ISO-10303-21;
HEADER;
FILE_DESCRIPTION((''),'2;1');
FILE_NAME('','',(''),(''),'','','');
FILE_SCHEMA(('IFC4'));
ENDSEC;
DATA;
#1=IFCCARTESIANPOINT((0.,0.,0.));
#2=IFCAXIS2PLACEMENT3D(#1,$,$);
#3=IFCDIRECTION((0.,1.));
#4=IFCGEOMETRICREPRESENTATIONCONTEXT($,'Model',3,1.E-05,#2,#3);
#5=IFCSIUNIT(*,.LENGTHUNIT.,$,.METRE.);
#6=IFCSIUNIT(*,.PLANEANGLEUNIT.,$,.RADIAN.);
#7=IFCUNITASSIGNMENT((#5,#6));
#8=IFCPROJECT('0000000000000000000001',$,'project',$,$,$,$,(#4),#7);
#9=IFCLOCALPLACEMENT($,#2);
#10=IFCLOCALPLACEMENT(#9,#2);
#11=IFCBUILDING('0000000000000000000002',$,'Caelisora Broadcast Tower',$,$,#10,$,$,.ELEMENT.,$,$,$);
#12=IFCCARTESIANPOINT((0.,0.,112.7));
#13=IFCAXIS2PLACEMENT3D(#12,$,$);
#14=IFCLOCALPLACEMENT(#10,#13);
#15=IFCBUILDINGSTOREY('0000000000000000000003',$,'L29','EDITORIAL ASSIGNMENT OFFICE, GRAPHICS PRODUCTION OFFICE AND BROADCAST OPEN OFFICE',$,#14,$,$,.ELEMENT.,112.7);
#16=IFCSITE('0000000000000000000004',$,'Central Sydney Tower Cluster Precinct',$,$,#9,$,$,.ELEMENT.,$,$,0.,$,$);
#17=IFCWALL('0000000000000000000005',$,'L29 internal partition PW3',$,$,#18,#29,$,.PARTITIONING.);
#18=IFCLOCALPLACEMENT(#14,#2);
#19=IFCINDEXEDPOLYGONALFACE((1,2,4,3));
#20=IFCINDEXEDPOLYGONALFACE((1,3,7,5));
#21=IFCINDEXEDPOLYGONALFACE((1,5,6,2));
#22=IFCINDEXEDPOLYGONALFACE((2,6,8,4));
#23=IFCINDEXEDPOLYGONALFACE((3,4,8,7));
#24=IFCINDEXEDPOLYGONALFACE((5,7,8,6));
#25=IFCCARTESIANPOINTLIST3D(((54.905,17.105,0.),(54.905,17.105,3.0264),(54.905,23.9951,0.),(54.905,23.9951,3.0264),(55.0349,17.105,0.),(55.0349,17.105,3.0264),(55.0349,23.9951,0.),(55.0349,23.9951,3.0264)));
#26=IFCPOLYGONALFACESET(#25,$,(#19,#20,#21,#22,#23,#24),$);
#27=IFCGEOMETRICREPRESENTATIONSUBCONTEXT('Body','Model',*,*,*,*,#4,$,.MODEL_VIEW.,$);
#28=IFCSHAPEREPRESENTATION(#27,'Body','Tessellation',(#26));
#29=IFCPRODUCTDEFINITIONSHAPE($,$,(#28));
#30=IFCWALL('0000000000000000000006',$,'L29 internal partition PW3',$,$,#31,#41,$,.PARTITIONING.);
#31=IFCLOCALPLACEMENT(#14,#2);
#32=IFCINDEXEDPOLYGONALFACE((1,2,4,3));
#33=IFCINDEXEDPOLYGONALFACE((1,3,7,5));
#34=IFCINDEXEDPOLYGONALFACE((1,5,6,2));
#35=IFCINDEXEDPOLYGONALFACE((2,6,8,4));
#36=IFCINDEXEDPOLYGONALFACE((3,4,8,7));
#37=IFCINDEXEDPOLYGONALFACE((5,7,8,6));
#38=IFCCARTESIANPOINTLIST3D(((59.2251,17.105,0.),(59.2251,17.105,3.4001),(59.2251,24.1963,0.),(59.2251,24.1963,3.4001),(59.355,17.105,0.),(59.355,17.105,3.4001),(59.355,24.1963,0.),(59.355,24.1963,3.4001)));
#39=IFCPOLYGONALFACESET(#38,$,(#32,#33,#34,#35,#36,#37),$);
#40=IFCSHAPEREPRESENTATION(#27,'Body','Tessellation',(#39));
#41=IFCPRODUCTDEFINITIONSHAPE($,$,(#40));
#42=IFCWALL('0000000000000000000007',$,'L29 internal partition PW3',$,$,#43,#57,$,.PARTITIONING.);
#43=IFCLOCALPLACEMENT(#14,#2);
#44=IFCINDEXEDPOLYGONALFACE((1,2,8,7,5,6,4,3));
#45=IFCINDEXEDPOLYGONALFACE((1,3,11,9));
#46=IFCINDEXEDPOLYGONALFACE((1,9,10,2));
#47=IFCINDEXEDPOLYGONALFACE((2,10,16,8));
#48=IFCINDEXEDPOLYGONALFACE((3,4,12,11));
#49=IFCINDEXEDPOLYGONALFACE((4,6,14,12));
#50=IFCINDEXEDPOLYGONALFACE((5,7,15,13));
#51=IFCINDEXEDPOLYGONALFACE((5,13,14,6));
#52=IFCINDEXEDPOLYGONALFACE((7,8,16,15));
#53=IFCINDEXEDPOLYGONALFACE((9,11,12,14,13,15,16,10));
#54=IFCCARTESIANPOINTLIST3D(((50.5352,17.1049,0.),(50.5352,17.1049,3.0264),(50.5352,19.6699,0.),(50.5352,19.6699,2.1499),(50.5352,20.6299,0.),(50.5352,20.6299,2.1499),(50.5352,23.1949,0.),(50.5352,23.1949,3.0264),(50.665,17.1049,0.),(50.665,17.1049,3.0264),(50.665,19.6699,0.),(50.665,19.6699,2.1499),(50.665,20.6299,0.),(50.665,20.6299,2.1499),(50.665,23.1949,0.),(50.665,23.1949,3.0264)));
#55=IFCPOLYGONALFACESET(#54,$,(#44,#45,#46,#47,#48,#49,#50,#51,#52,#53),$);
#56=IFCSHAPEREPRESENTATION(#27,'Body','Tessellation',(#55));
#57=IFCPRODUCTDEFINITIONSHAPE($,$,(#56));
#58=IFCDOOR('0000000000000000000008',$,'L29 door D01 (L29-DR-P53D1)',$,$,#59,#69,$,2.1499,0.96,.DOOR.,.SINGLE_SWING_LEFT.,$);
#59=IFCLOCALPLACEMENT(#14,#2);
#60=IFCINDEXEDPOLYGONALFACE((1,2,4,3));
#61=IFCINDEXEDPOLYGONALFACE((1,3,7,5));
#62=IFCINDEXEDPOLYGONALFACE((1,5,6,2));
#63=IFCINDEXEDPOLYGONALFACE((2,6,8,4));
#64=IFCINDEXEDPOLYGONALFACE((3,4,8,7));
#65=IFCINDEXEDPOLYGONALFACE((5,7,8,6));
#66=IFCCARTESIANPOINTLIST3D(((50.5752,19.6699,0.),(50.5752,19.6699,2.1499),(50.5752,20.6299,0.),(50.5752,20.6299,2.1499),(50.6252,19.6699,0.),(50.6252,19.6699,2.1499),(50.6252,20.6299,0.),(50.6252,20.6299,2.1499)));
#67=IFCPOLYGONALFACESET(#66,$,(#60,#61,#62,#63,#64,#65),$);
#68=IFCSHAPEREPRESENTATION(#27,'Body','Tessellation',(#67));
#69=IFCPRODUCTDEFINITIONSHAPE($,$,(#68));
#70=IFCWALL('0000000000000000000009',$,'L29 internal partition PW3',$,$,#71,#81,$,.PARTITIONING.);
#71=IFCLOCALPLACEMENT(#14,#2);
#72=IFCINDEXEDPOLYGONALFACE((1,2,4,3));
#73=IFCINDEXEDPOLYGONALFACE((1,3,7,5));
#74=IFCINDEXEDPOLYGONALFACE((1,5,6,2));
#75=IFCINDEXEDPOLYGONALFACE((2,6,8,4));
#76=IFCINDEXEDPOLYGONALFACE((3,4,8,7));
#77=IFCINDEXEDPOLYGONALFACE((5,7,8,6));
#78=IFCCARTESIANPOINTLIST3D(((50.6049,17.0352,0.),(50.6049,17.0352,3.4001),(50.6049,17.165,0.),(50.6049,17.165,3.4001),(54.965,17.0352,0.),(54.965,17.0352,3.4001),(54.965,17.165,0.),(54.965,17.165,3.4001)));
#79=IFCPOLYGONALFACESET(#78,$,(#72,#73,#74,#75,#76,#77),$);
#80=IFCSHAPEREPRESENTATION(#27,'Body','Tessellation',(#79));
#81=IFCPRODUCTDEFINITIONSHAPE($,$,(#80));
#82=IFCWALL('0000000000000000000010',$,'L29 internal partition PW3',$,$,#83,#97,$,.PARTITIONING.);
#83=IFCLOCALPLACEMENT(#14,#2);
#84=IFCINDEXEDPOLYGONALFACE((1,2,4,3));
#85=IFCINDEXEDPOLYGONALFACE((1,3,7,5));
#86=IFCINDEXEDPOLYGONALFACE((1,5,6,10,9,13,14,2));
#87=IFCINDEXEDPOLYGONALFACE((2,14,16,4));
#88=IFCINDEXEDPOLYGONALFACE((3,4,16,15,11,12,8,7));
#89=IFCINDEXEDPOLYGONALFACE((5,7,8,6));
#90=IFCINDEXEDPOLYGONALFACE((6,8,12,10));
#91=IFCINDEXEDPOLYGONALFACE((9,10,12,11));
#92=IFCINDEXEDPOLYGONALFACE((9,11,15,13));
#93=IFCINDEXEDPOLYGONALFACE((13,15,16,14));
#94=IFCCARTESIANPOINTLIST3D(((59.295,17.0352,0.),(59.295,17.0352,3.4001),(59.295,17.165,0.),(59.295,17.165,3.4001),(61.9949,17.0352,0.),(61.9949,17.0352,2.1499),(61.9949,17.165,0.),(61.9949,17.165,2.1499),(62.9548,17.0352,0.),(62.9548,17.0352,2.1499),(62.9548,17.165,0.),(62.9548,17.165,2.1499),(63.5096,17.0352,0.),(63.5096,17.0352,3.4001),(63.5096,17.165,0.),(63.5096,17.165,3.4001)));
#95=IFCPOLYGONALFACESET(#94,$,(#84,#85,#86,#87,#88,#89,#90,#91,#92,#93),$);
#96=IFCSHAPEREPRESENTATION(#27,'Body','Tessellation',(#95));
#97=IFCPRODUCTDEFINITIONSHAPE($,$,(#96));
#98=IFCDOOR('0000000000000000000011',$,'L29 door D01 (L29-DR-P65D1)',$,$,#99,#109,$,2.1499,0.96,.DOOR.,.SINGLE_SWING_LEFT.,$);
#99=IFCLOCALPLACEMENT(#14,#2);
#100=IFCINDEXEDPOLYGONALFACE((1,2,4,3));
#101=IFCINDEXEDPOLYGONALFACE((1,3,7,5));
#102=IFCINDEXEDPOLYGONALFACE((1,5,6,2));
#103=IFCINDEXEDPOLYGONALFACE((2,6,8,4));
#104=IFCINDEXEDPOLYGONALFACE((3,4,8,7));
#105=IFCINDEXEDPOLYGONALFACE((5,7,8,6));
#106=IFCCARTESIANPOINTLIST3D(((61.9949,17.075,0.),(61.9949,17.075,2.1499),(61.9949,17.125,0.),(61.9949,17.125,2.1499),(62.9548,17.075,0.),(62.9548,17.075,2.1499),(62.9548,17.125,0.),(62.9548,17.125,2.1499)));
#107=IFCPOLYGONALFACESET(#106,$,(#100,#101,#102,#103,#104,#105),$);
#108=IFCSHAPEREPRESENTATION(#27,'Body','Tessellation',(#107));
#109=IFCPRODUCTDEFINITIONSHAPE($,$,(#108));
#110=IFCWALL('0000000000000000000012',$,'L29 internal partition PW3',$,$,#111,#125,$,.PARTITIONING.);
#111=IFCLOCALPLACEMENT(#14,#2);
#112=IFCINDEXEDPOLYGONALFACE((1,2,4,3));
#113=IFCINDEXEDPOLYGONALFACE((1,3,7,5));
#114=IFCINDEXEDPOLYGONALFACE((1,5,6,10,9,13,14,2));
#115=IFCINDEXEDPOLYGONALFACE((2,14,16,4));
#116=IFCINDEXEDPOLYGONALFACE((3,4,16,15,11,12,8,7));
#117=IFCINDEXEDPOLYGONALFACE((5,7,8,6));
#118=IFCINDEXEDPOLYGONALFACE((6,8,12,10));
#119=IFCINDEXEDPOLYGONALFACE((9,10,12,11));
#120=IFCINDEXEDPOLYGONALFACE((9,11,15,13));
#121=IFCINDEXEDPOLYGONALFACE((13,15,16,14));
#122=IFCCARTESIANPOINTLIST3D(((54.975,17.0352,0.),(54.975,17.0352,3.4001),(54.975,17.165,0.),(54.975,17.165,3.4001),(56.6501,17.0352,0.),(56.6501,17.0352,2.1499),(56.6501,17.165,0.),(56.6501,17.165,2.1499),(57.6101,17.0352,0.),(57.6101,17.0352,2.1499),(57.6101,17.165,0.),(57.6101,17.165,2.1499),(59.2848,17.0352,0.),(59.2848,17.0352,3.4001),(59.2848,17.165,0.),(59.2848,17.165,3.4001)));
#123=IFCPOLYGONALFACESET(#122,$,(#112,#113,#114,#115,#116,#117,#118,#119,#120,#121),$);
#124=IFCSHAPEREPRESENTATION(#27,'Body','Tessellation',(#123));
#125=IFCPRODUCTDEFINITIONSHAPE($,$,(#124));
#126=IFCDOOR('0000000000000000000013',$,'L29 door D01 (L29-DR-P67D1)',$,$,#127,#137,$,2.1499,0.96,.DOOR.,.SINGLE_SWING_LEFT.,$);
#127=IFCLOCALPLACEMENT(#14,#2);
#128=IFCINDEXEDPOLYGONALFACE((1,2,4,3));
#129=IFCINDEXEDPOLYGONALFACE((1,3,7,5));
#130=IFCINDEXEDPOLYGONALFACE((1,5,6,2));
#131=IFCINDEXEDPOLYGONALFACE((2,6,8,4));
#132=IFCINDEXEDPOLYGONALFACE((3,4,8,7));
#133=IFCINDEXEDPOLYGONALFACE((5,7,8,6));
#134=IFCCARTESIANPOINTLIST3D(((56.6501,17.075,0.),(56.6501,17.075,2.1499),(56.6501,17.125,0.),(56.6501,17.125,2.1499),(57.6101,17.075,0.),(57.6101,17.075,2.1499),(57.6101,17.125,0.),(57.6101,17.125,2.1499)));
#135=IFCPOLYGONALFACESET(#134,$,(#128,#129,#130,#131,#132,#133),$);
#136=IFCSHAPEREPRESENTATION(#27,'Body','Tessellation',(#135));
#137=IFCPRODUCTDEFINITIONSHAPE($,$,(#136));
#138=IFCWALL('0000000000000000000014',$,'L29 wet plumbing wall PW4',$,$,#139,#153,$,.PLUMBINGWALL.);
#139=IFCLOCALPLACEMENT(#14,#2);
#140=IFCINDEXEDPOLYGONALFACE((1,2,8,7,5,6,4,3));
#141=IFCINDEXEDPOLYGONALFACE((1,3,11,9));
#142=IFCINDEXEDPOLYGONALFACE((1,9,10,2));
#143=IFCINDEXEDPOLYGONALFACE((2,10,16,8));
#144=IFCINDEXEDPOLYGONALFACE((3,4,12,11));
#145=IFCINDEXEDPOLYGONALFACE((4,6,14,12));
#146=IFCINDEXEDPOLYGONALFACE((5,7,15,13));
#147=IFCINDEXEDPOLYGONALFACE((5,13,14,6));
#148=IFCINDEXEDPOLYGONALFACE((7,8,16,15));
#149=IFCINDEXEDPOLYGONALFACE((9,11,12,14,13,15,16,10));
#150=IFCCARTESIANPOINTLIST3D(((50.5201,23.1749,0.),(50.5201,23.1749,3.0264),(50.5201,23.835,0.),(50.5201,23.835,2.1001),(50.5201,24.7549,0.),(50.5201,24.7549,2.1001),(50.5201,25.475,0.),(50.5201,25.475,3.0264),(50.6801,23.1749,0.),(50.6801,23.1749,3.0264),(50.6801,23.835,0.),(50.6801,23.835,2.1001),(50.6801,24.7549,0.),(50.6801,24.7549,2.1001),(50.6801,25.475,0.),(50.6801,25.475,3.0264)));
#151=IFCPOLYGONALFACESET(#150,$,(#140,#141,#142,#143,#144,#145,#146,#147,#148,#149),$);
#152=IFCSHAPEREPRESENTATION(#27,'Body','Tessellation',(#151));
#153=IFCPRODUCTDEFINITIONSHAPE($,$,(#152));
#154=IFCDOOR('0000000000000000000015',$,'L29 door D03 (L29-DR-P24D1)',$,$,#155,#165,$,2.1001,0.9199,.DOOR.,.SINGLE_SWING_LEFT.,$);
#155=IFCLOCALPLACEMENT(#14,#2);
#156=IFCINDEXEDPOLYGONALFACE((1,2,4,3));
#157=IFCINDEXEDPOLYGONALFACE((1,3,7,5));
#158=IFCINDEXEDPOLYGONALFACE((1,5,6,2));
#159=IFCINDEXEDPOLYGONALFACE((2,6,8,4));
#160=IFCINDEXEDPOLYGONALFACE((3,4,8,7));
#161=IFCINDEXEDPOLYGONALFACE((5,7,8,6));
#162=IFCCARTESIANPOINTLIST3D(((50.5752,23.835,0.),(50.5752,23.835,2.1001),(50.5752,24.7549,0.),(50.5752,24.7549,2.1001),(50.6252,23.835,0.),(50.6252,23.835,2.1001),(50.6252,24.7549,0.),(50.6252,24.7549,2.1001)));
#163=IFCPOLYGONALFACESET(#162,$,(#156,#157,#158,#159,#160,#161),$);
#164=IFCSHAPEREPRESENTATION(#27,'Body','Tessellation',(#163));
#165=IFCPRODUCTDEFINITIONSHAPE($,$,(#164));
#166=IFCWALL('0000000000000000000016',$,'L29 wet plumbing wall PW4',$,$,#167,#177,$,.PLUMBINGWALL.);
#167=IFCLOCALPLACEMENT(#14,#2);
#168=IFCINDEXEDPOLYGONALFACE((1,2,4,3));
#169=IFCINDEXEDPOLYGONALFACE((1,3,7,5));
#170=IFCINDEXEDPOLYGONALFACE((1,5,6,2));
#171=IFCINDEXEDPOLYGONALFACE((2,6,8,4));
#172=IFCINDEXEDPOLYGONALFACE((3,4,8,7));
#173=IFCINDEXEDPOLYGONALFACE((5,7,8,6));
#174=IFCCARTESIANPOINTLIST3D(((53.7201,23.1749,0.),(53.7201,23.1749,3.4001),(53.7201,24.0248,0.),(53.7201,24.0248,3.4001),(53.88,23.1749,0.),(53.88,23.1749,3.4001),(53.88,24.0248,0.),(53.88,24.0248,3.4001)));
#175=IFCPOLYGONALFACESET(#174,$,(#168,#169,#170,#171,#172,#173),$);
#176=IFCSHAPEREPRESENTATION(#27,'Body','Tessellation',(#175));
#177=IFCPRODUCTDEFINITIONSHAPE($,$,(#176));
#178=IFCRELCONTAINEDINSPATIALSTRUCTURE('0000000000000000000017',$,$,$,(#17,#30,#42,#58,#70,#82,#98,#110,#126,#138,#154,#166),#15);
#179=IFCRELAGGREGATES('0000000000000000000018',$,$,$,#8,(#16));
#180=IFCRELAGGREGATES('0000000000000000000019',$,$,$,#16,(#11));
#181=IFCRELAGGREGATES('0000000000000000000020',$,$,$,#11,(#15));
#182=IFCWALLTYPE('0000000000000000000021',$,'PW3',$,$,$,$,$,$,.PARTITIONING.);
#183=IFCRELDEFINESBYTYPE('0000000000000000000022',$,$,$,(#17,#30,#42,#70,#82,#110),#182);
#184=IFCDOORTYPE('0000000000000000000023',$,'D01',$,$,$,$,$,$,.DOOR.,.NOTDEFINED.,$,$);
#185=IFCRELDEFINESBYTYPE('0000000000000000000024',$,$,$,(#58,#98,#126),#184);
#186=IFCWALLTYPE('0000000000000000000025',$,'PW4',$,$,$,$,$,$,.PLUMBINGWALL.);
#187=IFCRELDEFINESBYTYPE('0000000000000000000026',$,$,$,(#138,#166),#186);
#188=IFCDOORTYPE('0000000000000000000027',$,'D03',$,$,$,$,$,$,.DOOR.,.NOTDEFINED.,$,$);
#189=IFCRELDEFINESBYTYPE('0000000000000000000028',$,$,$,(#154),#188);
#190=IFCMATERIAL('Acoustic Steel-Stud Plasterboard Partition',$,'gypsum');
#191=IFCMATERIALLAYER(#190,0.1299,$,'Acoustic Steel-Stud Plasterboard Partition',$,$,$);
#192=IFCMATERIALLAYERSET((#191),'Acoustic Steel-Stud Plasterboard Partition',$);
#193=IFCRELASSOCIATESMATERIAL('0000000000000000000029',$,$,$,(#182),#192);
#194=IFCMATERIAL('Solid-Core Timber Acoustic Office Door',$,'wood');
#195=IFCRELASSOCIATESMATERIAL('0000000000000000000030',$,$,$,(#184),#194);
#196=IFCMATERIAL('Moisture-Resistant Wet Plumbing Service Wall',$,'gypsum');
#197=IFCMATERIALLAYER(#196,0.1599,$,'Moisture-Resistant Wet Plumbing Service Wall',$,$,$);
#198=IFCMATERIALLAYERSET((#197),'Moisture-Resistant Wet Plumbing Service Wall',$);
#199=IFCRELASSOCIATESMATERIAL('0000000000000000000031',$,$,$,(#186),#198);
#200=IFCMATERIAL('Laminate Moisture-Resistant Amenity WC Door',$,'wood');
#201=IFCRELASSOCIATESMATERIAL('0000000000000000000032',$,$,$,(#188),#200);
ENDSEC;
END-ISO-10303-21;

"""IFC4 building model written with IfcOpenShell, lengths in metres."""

from ifc_helpers import new_model, si_unit, direction, frame, frame_2d, origin, place, context, subcontext, project, spatial, rectangle, extrude, material, layer, layer_set, type_object, element, fill, save


model = new_model("IFC4")

# Units and contexts
model_context = context("Model", 3, precision=1e-05, world=origin(), true_north=direction((0.0, 1.0)))
body_context = subcontext(model_context, "Body", "Model", "MODEL_VIEW")
ifc_project = project(units=[si_unit("LENGTHUNIT", "METRE"), si_unit("PLANEANGLEUNIT", "RADIAN")], contexts=[model_context])

# Site, building, storey
site_placement = place(None, origin())
site = spatial("IfcSite", under=ifc_project, at=site_placement, Name="Central Sydney Tower Cluster Precinct", CompositionType="ELEMENT", RefElevation=0.0)
building_placement = place(site_placement, origin())
building = spatial("IfcBuilding", under=site, at=building_placement, Name="Caelisora Broadcast Tower", CompositionType="ELEMENT")
storey_placement = place(building_placement, frame((0.0, 0.0, 112.7)))
storey = spatial("IfcBuildingStorey", under=building, at=storey_placement, Name="L29", Description="EDITORIAL ASSIGNMENT OFFICE, GRAPHICS PRODUCTION OFFICE AND BROADCAST OPEN OFFICE", CompositionType="ELEMENT", Elevation=112.7)

# Walls
ifc_material_1 = material(Name="Acoustic Steel-Stud Plasterboard Partition", Category="gypsum")
ifc_layer_1 = layer(ifc_material_1, 0.1299, Name="Acoustic Steel-Stud Plasterboard Partition")
ifc_layer_set_1 = layer_set([ifc_layer_1], Name="Acoustic Steel-Stud Plasterboard Partition")
wall_type_1 = type_object("IfcWallType", Name="PW3", PredefinedType="PARTITIONING", material=ifc_layer_set_1)
wall_1_placement = place(storey_placement, frame((54.97, 17.105, 0.0), z_axis=(0.0, 0.0, 1.0), x_axis=(0.0, 1.0, 0.0)))
element("IfcWall", 1, at=wall_1_placement, inside=storey, type_object=wall_type_1, Name="L29 internal partition PW3", PredefinedType="PARTITIONING", context=body_context, shape_type="SweptSolid", body=[
    extrude(rectangle(XDim=6.8901, YDim=0.1299, at=frame_2d((3.4451, 0.0))), origin(), (0.0, 0.0, 1.0), 3.0264),
])
wall_2_placement = place(storey_placement, frame((59.29, 17.105, 0.0), z_axis=(0.0, 0.0, 1.0), x_axis=(0.0, 1.0, 0.0)))
element("IfcWall", 2, at=wall_2_placement, inside=storey, type_object=wall_type_1, Name="L29 internal partition PW3", PredefinedType="PARTITIONING", context=body_context, shape_type="SweptSolid", body=[
    extrude(rectangle(XDim=7.0913, YDim=0.1299, at=frame_2d((3.5457, 0.0))), origin(), (0.0, 0.0, 1.0), 3.4001),
])

# Wall, opening, door
wall_3_placement = place(storey_placement, frame((50.6001, 17.105, 0.0), z_axis=(0.0, 0.0, 1.0), x_axis=(0.0, 1.0, 0.0)))
wall_3 = element("IfcWall", 3, at=wall_3_placement, inside=storey, type_object=wall_type_1, Name="L29 internal partition PW3", PredefinedType="PARTITIONING", context=body_context, shape_type="SweptSolid", body=[
    extrude(rectangle(XDim=6.0901, YDim=0.1299, at=frame_2d((3.0449, 0.0))), origin(), (0.0, 0.0, 1.0), 3.0264),
])
opening_1_placement = place(wall_3_placement, frame((2.5649, 0.0, 0.0)))
opening_1 = element("IfcOpeningElement", 4, at=opening_1_placement, cuts=wall_3, PredefinedType="OPENING", context=body_context, shape_type="SweptSolid", body=[
    extrude(rectangle(XDim=0.96, YDim=2.1499, at=frame_2d((0.48, 1.075))), frame((0.0, 0.0769, 0.0), z_axis=(0.0, -1.0, 0.0), x_axis=(1.0, 0.0, 0.0)), (0.0, 0.0, 1.0), 0.1538),
])
ifc_material_2 = material(Name="Solid-Core Timber Acoustic Office Door", Category="wood")
door_type_1 = type_object("IfcDoorType", Name="D01", OperationType="NOTDEFINED", PredefinedType="DOOR", material=ifc_material_2)
door_1_placement = place(opening_1_placement, origin())
door_1 = element("IfcDoor", 5, at=door_1_placement, inside=storey, type_object=door_type_1, Name="L29 door D01 (L29-DR-P53D1)", OperationType="SINGLE_SWING_LEFT", OverallHeight=2.1499, OverallWidth=0.96, PredefinedType="DOOR", context=body_context, shape_type="SweptSolid", body=[
    extrude(rectangle(XDim=0.96, YDim=2.1499, at=frame_2d((0.48, 1.075))), frame((0.0, 0.0249, 0.0), z_axis=(0.0, -1.0, 0.0), x_axis=(1.0, 0.0, 0.0)), (0.0, 0.0, 1.0), 0.05),
])
fill(opening_1, door_1)

# Wall
wall_4_placement = place(storey_placement, frame((54.9651, 17.1001, 0.0), z_axis=(0.0, 0.0, 1.0), x_axis=(-1.0, 0.0, 0.0)))
element("IfcWall", 6, at=wall_4_placement, inside=storey, type_object=wall_type_1, Name="L29 internal partition PW3", PredefinedType="PARTITIONING", context=body_context, shape_type="SweptSolid", body=[
    extrude(rectangle(XDim=4.3601, YDim=0.1299, at=frame_2d((2.1802, 0.0))), origin(), (0.0, 0.0, 1.0), 3.4001),
])

# Walls, openings, doors
wall_5_placement = place(storey_placement, frame((59.2949, 17.1001, 0.0), z_axis=(0.0, 0.0, 1.0), x_axis=(1.0, 0.0, 0.0)))
wall_5 = element("IfcWall", 7, at=wall_5_placement, inside=storey, type_object=wall_type_1, Name="L29 internal partition PW3", PredefinedType="PARTITIONING", context=body_context, shape_type="SweptSolid", body=[
    extrude(rectangle(XDim=4.2146, YDim=0.1299, at=frame_2d((2.1074, 0.0))), origin(), (0.0, 0.0, 1.0), 3.4001),
])
opening_2_placement = place(wall_5_placement, frame((2.7, 0.0, 0.0)))
opening_2 = element("IfcOpeningElement", 8, at=opening_2_placement, cuts=wall_5, PredefinedType="OPENING", context=body_context, shape_type="SweptSolid", body=[
    extrude(rectangle(XDim=0.96, YDim=2.1499, at=frame_2d((0.48, 1.075))), frame((0.0, 0.0769, 0.0), z_axis=(0.0, -1.0, 0.0), x_axis=(1.0, 0.0, 0.0)), (0.0, 0.0, 1.0), 0.1538),
])
door_2_placement = place(opening_2_placement, origin())
door_2 = element("IfcDoor", 9, at=door_2_placement, inside=storey, type_object=door_type_1, Name="L29 door D01 (L29-DR-P65D1)", OperationType="SINGLE_SWING_LEFT", OverallHeight=2.1499, OverallWidth=0.96, PredefinedType="DOOR", context=body_context, shape_type="SweptSolid", body=[
    extrude(rectangle(XDim=0.96, YDim=2.1499, at=frame_2d((0.48, 1.075))), frame((0.0, 0.0249, 0.0), z_axis=(0.0, -1.0, 0.0), x_axis=(1.0, 0.0, 0.0)), (0.0, 0.0, 1.0), 0.05),
])
fill(opening_2, door_2)
wall_6_placement = place(storey_placement, frame((54.9751, 17.1001, 0.0), z_axis=(0.0, 0.0, 1.0), x_axis=(1.0, 0.0, 0.0)))
wall_6 = element("IfcWall", 10, at=wall_6_placement, inside=storey, type_object=wall_type_1, Name="L29 internal partition PW3", PredefinedType="PARTITIONING", context=body_context, shape_type="SweptSolid", body=[
    extrude(rectangle(XDim=4.3098, YDim=0.1299, at=frame_2d((2.1548, 0.0))), origin(), (0.0, 0.0, 1.0), 3.4001),
])
opening_3_placement = place(wall_6_placement, frame((1.675, 0.0, 0.0)))
opening_3 = element("IfcOpeningElement", 11, at=opening_3_placement, cuts=wall_6, PredefinedType="OPENING", context=body_context, shape_type="SweptSolid", body=[
    extrude(rectangle(XDim=0.96, YDim=2.1499, at=frame_2d((0.48, 1.075))), frame((0.0, 0.0769, 0.0), z_axis=(0.0, -1.0, 0.0), x_axis=(1.0, 0.0, 0.0)), (0.0, 0.0, 1.0), 0.1538),
])
door_3_placement = place(opening_3_placement, origin())
door_3 = element("IfcDoor", 12, at=door_3_placement, inside=storey, type_object=door_type_1, Name="L29 door D01 (L29-DR-P67D1)", OperationType="SINGLE_SWING_LEFT", OverallHeight=2.1499, OverallWidth=0.96, PredefinedType="DOOR", context=body_context, shape_type="SweptSolid", body=[
    extrude(rectangle(XDim=0.96, YDim=2.1499, at=frame_2d((0.48, 1.075))), frame((0.0, 0.0249, 0.0), z_axis=(0.0, -1.0, 0.0), x_axis=(1.0, 0.0, 0.0)), (0.0, 0.0, 1.0), 0.05),
])
fill(opening_3, door_3)
ifc_material_3 = material(Name="Moisture-Resistant Wet Plumbing Service Wall", Category="gypsum")
ifc_layer_2 = layer(ifc_material_3, 0.1599, Name="Moisture-Resistant Wet Plumbing Service Wall")
ifc_layer_set_2 = layer_set([ifc_layer_2], Name="Moisture-Resistant Wet Plumbing Service Wall")
wall_type_2 = type_object("IfcWallType", Name="PW4", PredefinedType="PLUMBINGWALL", material=ifc_layer_set_2)
wall_7_placement = place(storey_placement, frame((50.6001, 23.175, 0.0), z_axis=(0.0, 0.0, 1.0), x_axis=(0.0, 1.0, 0.0)))
wall_7 = element("IfcWall", 13, at=wall_7_placement, inside=storey, type_object=wall_type_2, Name="L29 wet plumbing wall PW4", PredefinedType="PLUMBINGWALL", context=body_context, shape_type="SweptSolid", body=[
    extrude(rectangle(XDim=2.3, YDim=0.1599, at=frame_2d((1.1499, 0.0))), origin(), (0.0, 0.0, 1.0), 3.0264),
])
opening_4_placement = place(wall_7_placement, frame((0.6599, 0.0, 0.0)))
opening_4 = element("IfcOpeningElement", 14, at=opening_4_placement, cuts=wall_7, PredefinedType="OPENING", context=body_context, shape_type="SweptSolid", body=[
    extrude(rectangle(XDim=0.9199, YDim=2.1001, at=frame_2d((0.46, 1.05))), frame((0.0, 0.092, 0.0), z_axis=(0.0, -1.0, 0.0), x_axis=(1.0, 0.0, 0.0)), (0.0, 0.0, 1.0), 0.1838),
])
ifc_material_4 = material(Name="Laminate Moisture-Resistant Amenity WC Door", Category="wood")
door_type_2 = type_object("IfcDoorType", Name="D03", OperationType="NOTDEFINED", PredefinedType="DOOR", material=ifc_material_4)
door_4_placement = place(opening_4_placement, origin())
door_4 = element("IfcDoor", 15, at=door_4_placement, inside=storey, type_object=door_type_2, Name="L29 door D03 (L29-DR-P24D1)", OperationType="SINGLE_SWING_LEFT", OverallHeight=2.1001, OverallWidth=0.9199, PredefinedType="DOOR", context=body_context, shape_type="SweptSolid", body=[
    extrude(rectangle(XDim=0.9199, YDim=2.1001, at=frame_2d((0.46, 1.05))), frame((0.0, 0.0249, 0.0), z_axis=(0.0, -1.0, 0.0), x_axis=(1.0, 0.0, 0.0)), (0.0, 0.0, 1.0), 0.05),
])
fill(opening_4, door_4)

# Wall
wall_8_placement = place(storey_placement, frame((53.8, 23.175, 0.0), z_axis=(0.0, 0.0, 1.0), x_axis=(0.0, 1.0, 0.0)))
element("IfcWall", 16, at=wall_8_placement, inside=storey, type_object=wall_type_2, Name="L29 wet plumbing wall PW4", PredefinedType="PLUMBINGWALL", context=body_context, shape_type="SweptSolid", body=[
    extrude(rectangle(XDim=0.8499, YDim=0.1599, at=frame_2d((0.4248, 0.0))), origin(), (0.0, 0.0, 1.0), 3.4001),
])

save(model, "model.ifc")
